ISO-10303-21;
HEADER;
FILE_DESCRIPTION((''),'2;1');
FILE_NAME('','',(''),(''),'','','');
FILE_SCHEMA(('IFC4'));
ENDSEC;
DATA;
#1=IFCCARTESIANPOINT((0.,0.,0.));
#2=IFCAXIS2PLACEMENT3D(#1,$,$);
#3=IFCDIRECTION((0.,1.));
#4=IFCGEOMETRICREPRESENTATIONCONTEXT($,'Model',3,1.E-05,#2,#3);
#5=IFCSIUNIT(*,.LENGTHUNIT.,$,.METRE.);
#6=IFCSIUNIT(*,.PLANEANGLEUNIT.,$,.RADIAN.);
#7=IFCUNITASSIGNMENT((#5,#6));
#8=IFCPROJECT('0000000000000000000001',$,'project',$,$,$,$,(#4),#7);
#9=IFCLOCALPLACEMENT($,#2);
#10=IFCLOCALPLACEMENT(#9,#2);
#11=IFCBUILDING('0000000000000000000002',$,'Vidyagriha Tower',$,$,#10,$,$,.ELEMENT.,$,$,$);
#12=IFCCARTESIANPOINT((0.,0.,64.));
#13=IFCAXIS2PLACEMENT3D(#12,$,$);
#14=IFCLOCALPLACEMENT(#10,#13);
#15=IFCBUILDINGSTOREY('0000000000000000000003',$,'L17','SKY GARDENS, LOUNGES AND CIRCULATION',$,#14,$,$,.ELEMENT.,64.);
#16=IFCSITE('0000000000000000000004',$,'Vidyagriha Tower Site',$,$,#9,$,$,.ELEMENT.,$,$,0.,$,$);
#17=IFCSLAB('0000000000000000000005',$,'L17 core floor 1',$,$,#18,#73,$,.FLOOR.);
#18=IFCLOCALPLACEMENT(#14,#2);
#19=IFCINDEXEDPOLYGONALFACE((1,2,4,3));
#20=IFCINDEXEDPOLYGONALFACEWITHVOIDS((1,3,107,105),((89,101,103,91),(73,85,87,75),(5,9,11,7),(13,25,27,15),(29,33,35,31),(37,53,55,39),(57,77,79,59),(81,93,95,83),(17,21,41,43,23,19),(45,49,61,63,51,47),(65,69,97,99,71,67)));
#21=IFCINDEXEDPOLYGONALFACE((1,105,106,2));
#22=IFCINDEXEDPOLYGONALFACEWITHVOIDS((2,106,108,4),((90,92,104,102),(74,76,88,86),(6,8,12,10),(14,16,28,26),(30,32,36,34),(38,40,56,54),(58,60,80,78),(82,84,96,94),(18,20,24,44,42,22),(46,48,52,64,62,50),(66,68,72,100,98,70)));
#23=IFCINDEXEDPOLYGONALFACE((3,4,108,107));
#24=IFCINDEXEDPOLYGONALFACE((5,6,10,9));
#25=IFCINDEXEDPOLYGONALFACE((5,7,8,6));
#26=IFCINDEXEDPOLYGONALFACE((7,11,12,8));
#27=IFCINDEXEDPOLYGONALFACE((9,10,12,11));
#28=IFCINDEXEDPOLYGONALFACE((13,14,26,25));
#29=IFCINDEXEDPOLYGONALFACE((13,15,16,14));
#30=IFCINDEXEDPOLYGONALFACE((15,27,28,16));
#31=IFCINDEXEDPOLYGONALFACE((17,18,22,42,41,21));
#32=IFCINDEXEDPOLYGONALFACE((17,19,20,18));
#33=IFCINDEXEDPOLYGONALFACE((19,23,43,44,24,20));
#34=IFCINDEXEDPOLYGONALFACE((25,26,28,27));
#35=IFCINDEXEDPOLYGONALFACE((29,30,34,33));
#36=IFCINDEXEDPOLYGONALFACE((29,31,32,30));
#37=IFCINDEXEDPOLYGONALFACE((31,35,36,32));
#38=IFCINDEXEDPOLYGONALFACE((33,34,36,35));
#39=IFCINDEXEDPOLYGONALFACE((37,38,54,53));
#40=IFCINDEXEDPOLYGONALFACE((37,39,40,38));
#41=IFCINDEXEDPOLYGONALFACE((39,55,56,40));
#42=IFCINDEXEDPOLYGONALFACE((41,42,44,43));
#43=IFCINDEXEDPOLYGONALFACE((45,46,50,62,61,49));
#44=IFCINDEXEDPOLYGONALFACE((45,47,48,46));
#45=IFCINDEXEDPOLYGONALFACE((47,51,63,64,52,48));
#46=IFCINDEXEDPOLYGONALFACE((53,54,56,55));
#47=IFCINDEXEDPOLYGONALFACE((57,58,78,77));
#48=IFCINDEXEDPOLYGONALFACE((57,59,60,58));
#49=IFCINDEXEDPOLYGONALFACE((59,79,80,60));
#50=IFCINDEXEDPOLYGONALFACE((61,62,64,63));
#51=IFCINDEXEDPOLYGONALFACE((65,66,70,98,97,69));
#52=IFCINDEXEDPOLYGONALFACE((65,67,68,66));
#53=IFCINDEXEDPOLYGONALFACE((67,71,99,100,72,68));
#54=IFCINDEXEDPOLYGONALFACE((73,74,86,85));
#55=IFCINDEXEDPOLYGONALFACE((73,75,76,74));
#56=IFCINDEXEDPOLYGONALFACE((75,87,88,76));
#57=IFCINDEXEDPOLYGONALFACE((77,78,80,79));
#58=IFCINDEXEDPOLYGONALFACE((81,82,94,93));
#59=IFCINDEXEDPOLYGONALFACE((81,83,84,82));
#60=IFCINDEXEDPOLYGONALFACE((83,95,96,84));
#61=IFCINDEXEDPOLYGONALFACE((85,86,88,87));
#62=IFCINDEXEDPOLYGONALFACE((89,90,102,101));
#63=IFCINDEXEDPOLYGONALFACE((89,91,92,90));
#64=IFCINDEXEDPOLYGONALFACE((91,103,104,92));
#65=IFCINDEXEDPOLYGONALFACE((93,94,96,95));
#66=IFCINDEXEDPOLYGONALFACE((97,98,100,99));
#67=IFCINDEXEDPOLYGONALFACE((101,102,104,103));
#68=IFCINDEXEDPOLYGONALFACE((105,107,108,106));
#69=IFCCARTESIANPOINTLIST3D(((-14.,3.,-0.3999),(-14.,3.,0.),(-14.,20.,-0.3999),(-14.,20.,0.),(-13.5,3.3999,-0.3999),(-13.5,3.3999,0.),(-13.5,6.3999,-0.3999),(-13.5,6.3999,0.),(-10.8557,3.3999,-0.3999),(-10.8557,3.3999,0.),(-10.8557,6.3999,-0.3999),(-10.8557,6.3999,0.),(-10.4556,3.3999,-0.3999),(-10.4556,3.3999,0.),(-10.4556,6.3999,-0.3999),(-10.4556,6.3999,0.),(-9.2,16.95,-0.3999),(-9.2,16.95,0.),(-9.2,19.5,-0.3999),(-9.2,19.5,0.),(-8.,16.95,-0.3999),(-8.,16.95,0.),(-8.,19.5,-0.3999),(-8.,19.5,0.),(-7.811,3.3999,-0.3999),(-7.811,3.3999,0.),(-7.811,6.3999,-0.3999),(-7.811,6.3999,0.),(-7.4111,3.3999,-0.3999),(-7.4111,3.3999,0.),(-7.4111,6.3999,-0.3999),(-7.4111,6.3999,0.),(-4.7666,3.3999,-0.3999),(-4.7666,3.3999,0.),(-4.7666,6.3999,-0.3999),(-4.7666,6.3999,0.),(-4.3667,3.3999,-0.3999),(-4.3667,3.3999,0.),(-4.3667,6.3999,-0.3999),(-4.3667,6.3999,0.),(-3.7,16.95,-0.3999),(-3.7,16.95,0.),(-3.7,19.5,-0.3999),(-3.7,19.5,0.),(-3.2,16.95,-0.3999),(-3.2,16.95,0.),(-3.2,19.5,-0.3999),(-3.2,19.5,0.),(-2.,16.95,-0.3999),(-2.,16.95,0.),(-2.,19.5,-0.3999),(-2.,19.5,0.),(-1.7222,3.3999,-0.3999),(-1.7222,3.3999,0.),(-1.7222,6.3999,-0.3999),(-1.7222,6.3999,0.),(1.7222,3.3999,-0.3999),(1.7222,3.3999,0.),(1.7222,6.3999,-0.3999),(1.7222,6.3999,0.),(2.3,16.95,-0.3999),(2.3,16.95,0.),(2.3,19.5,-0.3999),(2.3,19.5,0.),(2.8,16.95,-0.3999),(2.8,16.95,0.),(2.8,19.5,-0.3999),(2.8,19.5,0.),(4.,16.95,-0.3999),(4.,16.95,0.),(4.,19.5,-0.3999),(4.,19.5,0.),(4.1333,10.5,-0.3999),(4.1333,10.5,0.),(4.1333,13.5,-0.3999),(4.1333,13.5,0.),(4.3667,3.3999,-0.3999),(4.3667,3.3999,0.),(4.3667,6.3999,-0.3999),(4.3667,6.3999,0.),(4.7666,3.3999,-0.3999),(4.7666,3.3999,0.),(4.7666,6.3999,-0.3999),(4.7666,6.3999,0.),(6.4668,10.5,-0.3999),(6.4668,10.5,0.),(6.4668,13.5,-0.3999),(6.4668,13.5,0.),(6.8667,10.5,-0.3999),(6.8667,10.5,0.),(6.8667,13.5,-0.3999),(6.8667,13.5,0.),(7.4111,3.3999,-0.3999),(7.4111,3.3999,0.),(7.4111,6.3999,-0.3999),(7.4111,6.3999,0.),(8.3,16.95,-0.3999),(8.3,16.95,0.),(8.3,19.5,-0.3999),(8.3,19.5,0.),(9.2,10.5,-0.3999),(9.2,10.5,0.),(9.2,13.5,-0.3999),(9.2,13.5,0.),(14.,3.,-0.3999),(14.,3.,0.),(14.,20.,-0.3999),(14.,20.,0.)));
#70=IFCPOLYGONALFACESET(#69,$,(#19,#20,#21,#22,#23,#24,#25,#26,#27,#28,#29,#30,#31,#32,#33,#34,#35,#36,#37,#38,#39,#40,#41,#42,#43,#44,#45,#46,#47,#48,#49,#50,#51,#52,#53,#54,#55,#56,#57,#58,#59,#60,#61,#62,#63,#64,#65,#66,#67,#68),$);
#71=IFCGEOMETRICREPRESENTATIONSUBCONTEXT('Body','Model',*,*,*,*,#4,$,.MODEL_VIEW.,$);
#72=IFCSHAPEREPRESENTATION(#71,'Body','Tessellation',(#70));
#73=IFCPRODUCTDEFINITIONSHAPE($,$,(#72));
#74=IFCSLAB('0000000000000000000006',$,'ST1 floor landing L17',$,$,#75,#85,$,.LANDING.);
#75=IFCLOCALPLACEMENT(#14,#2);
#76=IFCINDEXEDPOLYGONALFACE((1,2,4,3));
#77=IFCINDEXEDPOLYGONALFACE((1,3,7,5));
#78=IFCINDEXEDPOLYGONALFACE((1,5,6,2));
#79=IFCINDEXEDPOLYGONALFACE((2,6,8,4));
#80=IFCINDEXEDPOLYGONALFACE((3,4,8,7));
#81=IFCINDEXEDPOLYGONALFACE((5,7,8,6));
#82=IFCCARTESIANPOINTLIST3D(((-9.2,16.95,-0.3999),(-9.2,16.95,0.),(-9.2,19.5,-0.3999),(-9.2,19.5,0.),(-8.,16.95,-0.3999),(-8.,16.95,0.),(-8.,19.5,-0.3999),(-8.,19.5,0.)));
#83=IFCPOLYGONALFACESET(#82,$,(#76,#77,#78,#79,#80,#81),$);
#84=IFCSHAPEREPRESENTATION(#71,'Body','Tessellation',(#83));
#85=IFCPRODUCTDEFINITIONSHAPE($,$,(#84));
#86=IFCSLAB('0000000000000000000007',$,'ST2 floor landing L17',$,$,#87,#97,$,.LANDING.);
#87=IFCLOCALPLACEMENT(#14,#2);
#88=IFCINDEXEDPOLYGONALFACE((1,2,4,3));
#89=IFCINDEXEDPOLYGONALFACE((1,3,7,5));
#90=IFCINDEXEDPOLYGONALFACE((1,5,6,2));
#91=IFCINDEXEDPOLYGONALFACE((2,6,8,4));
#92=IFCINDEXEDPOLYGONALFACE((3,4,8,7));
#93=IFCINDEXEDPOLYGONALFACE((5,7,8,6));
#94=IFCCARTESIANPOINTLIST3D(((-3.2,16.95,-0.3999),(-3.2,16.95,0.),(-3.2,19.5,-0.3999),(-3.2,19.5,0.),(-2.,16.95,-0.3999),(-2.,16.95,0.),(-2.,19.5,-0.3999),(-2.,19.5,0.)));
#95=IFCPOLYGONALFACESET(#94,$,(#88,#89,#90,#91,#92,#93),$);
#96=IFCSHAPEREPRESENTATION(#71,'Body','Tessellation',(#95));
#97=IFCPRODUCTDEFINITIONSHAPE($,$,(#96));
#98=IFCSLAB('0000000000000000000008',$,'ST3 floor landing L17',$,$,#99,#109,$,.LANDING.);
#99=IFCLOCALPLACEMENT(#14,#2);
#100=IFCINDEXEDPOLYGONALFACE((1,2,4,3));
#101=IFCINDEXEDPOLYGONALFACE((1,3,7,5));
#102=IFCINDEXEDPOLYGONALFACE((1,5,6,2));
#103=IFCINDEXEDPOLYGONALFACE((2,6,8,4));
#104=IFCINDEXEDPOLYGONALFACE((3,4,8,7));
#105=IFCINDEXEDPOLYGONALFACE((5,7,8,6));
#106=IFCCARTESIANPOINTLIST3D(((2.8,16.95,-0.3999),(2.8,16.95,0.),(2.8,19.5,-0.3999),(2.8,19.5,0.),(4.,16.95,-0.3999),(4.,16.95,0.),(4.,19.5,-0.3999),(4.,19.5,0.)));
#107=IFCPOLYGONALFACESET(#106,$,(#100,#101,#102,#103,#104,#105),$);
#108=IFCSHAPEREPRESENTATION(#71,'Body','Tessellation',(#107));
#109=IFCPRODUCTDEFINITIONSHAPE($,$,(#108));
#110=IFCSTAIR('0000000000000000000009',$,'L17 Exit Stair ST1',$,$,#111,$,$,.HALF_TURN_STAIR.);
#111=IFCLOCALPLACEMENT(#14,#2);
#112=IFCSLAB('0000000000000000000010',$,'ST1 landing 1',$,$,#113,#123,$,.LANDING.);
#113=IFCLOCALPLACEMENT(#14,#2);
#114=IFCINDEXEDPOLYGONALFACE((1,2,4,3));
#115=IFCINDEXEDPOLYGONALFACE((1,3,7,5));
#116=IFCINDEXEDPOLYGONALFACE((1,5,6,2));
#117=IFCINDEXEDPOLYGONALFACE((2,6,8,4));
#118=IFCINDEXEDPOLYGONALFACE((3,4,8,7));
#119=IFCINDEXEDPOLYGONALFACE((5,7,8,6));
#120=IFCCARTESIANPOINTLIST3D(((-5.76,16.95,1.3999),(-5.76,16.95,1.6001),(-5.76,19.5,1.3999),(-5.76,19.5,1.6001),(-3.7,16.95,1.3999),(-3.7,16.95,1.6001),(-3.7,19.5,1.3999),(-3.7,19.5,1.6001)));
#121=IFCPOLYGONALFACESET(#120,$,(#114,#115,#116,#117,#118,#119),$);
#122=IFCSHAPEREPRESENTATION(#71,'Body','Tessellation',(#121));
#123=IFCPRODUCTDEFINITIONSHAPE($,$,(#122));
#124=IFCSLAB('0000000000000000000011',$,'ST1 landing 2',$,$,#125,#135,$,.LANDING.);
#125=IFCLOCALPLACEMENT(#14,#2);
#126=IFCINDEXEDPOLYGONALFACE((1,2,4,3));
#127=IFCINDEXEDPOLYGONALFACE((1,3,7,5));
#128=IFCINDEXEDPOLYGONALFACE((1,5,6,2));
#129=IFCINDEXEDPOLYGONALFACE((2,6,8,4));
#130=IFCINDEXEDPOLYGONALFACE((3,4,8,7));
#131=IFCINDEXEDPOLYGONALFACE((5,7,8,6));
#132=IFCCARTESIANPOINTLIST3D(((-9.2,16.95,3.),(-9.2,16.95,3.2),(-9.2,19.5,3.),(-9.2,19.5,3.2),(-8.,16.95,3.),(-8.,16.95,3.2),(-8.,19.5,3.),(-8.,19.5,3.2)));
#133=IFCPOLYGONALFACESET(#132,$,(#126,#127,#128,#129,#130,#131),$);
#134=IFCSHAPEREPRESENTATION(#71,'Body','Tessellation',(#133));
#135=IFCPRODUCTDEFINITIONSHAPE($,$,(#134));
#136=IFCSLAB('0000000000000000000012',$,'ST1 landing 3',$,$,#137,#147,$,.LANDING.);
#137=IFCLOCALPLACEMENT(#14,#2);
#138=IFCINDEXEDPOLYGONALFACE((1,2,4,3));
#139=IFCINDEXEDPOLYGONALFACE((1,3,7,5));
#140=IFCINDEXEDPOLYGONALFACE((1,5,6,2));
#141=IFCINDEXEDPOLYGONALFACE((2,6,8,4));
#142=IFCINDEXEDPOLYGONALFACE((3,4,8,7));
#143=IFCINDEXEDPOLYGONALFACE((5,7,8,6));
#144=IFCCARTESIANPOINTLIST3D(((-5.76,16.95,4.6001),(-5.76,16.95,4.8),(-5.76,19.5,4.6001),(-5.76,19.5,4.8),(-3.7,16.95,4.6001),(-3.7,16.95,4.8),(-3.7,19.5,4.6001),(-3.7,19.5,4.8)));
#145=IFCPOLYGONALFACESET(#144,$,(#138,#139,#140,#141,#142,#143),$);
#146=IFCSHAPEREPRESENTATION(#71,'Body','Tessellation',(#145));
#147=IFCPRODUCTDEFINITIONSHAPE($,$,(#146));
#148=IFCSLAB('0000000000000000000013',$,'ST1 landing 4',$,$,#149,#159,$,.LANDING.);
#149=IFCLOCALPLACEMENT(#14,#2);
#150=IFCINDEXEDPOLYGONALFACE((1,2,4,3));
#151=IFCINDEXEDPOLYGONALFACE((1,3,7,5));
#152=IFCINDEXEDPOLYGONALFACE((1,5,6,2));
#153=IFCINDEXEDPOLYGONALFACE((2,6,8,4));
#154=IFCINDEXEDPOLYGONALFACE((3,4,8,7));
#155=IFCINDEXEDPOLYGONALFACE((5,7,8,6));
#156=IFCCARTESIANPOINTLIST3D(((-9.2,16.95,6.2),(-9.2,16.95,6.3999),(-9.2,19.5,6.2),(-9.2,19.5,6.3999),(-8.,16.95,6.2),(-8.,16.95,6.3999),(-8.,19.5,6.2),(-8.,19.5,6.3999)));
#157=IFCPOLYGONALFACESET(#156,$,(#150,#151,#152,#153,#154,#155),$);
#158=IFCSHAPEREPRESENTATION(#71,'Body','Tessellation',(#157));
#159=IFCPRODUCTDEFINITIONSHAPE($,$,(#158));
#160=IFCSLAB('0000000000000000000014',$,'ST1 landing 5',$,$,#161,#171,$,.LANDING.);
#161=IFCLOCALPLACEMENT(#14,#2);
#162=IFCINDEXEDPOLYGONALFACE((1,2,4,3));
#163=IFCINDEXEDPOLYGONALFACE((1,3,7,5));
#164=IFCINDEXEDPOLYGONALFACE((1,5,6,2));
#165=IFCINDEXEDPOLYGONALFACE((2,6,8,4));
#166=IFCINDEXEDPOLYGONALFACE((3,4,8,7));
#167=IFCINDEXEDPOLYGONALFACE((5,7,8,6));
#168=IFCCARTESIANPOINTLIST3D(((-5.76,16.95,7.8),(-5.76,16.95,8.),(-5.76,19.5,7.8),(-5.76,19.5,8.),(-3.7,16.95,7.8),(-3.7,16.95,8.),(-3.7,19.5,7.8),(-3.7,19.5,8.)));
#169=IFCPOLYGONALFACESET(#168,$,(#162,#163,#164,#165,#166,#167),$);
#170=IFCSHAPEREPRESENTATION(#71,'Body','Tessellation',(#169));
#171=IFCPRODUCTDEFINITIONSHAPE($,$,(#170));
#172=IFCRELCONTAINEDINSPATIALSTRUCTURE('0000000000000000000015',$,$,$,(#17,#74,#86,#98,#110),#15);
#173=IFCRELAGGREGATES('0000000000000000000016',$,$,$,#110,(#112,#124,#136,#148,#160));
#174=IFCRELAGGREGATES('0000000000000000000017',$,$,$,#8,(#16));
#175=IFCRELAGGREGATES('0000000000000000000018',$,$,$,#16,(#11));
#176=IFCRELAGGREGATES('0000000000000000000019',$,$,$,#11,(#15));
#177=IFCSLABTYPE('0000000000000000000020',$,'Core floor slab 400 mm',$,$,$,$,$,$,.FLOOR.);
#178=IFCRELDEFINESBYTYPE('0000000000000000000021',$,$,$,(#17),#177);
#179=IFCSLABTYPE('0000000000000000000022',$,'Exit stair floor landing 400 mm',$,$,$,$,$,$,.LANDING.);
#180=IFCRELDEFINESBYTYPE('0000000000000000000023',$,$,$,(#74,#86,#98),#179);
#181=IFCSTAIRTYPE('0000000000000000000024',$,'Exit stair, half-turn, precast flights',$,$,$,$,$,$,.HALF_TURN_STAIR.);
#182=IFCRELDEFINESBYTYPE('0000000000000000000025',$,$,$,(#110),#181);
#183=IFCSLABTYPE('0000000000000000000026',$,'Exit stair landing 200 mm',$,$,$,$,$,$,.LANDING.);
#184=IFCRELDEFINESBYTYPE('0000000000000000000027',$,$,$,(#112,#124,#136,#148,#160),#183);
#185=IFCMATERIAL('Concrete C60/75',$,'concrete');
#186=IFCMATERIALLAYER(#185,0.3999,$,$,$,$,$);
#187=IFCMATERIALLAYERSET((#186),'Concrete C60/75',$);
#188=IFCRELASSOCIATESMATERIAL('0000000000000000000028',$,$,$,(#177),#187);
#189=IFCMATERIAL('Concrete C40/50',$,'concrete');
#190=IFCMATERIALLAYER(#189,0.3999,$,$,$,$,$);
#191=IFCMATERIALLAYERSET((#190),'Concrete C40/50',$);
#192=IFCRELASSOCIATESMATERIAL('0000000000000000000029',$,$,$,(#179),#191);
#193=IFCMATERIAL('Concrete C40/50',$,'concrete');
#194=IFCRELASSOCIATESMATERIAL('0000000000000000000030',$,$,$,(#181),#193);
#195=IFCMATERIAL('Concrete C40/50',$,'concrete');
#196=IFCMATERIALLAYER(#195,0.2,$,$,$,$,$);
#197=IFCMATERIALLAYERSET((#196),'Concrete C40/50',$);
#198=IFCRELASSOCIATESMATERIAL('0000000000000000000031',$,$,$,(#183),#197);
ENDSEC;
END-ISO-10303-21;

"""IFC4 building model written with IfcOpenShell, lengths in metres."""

from ifc_helpers import new_model, si_unit, direction, frame, origin, place, context, subcontext, project, spatial, polyline, outline, extrude, material, layer, layer_set, type_object, element, aggregate, save


model = new_model("IFC4")

# Units and contexts
model_context = context("Model", 3, precision=1e-05, world=origin(), true_north=direction((0.0, 1.0)))
body_context = subcontext(model_context, "Body", "Model", "MODEL_VIEW")
ifc_project = project(units=[si_unit("LENGTHUNIT", "METRE"), si_unit("PLANEANGLEUNIT", "RADIAN")], contexts=[model_context])

# Site, building, storey
site_placement = place(None, origin())
site = spatial("IfcSite", under=ifc_project, at=site_placement, Name="Vidyagriha Tower Site", CompositionType="ELEMENT", RefElevation=0.0)
building_placement = place(site_placement, origin())
building = spatial("IfcBuilding", under=site, at=building_placement, Name="Vidyagriha Tower", CompositionType="ELEMENT")
storey_placement = place(building_placement, frame((0.0, 0.0, 64.0)))
storey = spatial("IfcBuildingStorey", under=building, at=storey_placement, Name="L17", Description="SKY GARDENS, LOUNGES AND CIRCULATION", CompositionType="ELEMENT", Elevation=64.0)

# Slabs
ifc_material_1 = material(Name="Concrete C60/75", Category="concrete")
ifc_layer_1 = layer(ifc_material_1, 0.3999)
ifc_layer_set_1 = layer_set([ifc_layer_1], Name="Concrete C60/75")
slab_type_1 = type_object("IfcSlabType", Name="Core floor slab 400 mm", PredefinedType="FLOOR", material=ifc_layer_set_1)
slab_1_placement = place(storey_placement, frame((0.0, 0.0, -0.3999)))
element("IfcSlab", 1, at=slab_1_placement, inside=storey, type_object=slab_type_1, Name="L17 core floor 1", PredefinedType="FLOOR", context=body_context, shape_type="SweptSolid", body=[
    extrude(outline(polyline([(-14.0, 3.0), (-14.0, 20.0), (14.0, 20.0), (14.0, 3.0), (-14.0, 3.0)]), holes=[polyline([(9.2, 13.5), (6.8667, 13.5), (6.8667, 10.5), (9.2, 10.5), (9.2, 13.5)]), polyline([(4.0, 19.5), (2.8, 19.5), (2.8, 16.95), (4.0, 16.95), (8.3, 16.95), (8.3, 19.5), (4.0, 19.5)]), polyline([(7.4111, 6.3999), (4.7666, 6.3999), (4.7666, 3.3999), (7.4111, 3.3999), (7.4111, 6.3999)]), polyline([(6.4668, 13.5), (4.1333, 13.5), (4.1333, 10.5), (6.4668, 10.5), (6.4668, 13.5)]), polyline([(1.7222, 6.3999), (1.7222, 3.3999), (4.3667, 3.3999), (4.3667, 6.3999), (1.7222, 6.3999)]), polyline([(-2.0, 16.95), (2.3, 16.95), (2.3, 19.5), (-2.0, 19.5), (-3.2, 19.5), (-3.2, 16.95), (-2.0, 16.95)]), polyline([(-1.7222, 6.3999), (-4.3667, 6.3999), (-4.3667, 3.3999), (-1.7222, 3.3999), (-1.7222, 6.3999)]), polyline([(-8.0, 19.5), (-9.2, 19.5), (-9.2, 16.95), (-8.0, 16.95), (-3.7, 16.95), (-3.7, 19.5), (-8.0, 19.5)]), polyline([(-4.7666, 6.3999), (-7.4111, 6.3999), (-7.4111, 3.3999), (-4.7666, 3.3999), (-4.7666, 6.3999)]), polyline([(-7.811, 6.3999), (-10.4556, 6.3999), (-10.4556, 3.3999), (-7.811, 3.3999), (-7.811, 6.3999)]), polyline([(-13.5, 6.3999), (-13.5, 3.3999), (-10.8557, 3.3999), (-10.8557, 6.3999), (-13.5, 6.3999)])]), origin(), (0.0, 0.0, 1.0), 0.3999),
])
ifc_material_2 = material(Name="Concrete C40/50", Category="concrete")
ifc_layer_2 = layer(ifc_material_2, 0.3999)
ifc_layer_set_2 = layer_set([ifc_layer_2], Name="Concrete C40/50")
slab_type_2 = type_object("IfcSlabType", Name="Exit stair floor landing 400 mm", PredefinedType="LANDING", material=ifc_layer_set_2)
slab_2_placement = place(storey_placement, frame((0.0, 0.0, -0.3999)))
element("IfcSlab", 2, at=slab_2_placement, inside=storey, type_object=slab_type_2, Name="ST1 floor landing L17", PredefinedType="LANDING", context=body_context, shape_type="SweptSolid", body=[
    extrude(outline(polyline([(-9.2, 16.95), (-8.0, 16.95), (-8.0, 19.5), (-9.2, 19.5), (-9.2, 16.95)])), origin(), (0.0, 0.0, 1.0), 0.3999),
])
slab_3_placement = place(storey_placement, frame((0.0, 0.0, -0.3999)))
element("IfcSlab", 3, at=slab_3_placement, inside=storey, type_object=slab_type_2, Name="ST2 floor landing L17", PredefinedType="LANDING", context=body_context, shape_type="SweptSolid", body=[
    extrude(outline(polyline([(-3.2, 16.95), (-2.0, 16.95), (-2.0, 19.5), (-3.2, 19.5), (-3.2, 16.95)])), origin(), (0.0, 0.0, 1.0), 0.3999),
])
slab_4_placement = place(storey_placement, frame((0.0, 0.0, -0.3999)))
element("IfcSlab", 4, at=slab_4_placement, inside=storey, type_object=slab_type_2, Name="ST3 floor landing L17", PredefinedType="LANDING", context=body_context, shape_type="SweptSolid", body=[
    extrude(outline(polyline([(2.8, 16.95), (4.0, 16.95), (4.0, 19.5), (2.8, 19.5), (2.8, 16.95)])), origin(), (0.0, 0.0, 1.0), 0.3999),
])

# Stair, slabs
ifc_material_3 = material(Name="Concrete C40/50", Category="concrete")
stair_type = type_object("IfcStairType", Name="Exit stair, half-turn, precast flights", PredefinedType="HALF_TURN_STAIR", material=ifc_material_3)
stair_placement = place(storey_placement, origin())
stair = element("IfcStair", 5, at=stair_placement, inside=storey, type_object=stair_type, Name="L17 Exit Stair ST1", PredefinedType="HALF_TURN_STAIR")
ifc_material_4 = material(Name="Concrete C40/50", Category="concrete")
ifc_layer_3 = layer(ifc_material_4, 0.2)
ifc_layer_set_3 = layer_set([ifc_layer_3], Name="Concrete C40/50")
slab_type_3 = type_object("IfcSlabType", Name="Exit stair landing 200 mm", PredefinedType="LANDING", material=ifc_layer_set_3)
slab_5_placement = place(storey_placement, frame((0.0, 0.0, 1.3999)))
slab_5 = element("IfcSlab", 6, at=slab_5_placement, type_object=slab_type_3, Name="ST1 landing 1", PredefinedType="LANDING", context=body_context, shape_type="SweptSolid", body=[
    extrude(outline(polyline([(-5.76, 16.95), (-3.7, 16.95), (-3.7, 19.5), (-5.76, 19.5), (-5.76, 16.95)])), origin(), (0.0, 0.0, 1.0), 0.2002),
])
slab_6_placement = place(storey_placement, frame((0.0, 0.0, 3.0)))
slab_6 = element("IfcSlab", 7, at=slab_6_placement, type_object=slab_type_3, Name="ST1 landing 2", PredefinedType="LANDING", context=body_context, shape_type="SweptSolid", body=[
    extrude(outline(polyline([(-9.2, 16.95), (-8.0, 16.95), (-8.0, 19.5), (-9.2, 19.5), (-9.2, 16.95)])), origin(), (0.0, 0.0, 1.0), 0.2),
])
slab_7_placement = place(storey_placement, frame((0.0, 0.0, 4.6001)))
slab_7 = element("IfcSlab", 8, at=slab_7_placement, type_object=slab_type_3, Name="ST1 landing 3", PredefinedType="LANDING", context=body_context, shape_type="SweptSolid", body=[
    extrude(outline(polyline([(-5.76, 16.95), (-3.7, 16.95), (-3.7, 19.5), (-5.76, 19.5), (-5.76, 16.95)])), origin(), (0.0, 0.0, 1.0), 0.2),
])
slab_8_placement = place(storey_placement, frame((0.0, 0.0, 6.2)))
slab_8 = element("IfcSlab", 9, at=slab_8_placement, type_object=slab_type_3, Name="ST1 landing 4", PredefinedType="LANDING", context=body_context, shape_type="SweptSolid", body=[
    extrude(outline(polyline([(-9.2, 16.95), (-8.0, 16.95), (-8.0, 19.5), (-9.2, 19.5), (-9.2, 16.95)])), origin(), (0.0, 0.0, 1.0), 0.2),
])
slab_9_placement = place(storey_placement, frame((0.0, 0.0, 7.8)))
slab_9 = element("IfcSlab", 10, at=slab_9_placement, type_object=slab_type_3, Name="ST1 landing 5", PredefinedType="LANDING", context=body_context, shape_type="SweptSolid", body=[
    extrude(outline(polyline([(-5.76, 16.95), (-3.7, 16.95), (-3.7, 19.5), (-5.76, 19.5), (-5.76, 16.95)])), origin(), (0.0, 0.0, 1.0), 0.2),
])
aggregate(stair, [slab_5, slab_6, slab_7, slab_8, slab_9])

save(model, "model.ifc")
